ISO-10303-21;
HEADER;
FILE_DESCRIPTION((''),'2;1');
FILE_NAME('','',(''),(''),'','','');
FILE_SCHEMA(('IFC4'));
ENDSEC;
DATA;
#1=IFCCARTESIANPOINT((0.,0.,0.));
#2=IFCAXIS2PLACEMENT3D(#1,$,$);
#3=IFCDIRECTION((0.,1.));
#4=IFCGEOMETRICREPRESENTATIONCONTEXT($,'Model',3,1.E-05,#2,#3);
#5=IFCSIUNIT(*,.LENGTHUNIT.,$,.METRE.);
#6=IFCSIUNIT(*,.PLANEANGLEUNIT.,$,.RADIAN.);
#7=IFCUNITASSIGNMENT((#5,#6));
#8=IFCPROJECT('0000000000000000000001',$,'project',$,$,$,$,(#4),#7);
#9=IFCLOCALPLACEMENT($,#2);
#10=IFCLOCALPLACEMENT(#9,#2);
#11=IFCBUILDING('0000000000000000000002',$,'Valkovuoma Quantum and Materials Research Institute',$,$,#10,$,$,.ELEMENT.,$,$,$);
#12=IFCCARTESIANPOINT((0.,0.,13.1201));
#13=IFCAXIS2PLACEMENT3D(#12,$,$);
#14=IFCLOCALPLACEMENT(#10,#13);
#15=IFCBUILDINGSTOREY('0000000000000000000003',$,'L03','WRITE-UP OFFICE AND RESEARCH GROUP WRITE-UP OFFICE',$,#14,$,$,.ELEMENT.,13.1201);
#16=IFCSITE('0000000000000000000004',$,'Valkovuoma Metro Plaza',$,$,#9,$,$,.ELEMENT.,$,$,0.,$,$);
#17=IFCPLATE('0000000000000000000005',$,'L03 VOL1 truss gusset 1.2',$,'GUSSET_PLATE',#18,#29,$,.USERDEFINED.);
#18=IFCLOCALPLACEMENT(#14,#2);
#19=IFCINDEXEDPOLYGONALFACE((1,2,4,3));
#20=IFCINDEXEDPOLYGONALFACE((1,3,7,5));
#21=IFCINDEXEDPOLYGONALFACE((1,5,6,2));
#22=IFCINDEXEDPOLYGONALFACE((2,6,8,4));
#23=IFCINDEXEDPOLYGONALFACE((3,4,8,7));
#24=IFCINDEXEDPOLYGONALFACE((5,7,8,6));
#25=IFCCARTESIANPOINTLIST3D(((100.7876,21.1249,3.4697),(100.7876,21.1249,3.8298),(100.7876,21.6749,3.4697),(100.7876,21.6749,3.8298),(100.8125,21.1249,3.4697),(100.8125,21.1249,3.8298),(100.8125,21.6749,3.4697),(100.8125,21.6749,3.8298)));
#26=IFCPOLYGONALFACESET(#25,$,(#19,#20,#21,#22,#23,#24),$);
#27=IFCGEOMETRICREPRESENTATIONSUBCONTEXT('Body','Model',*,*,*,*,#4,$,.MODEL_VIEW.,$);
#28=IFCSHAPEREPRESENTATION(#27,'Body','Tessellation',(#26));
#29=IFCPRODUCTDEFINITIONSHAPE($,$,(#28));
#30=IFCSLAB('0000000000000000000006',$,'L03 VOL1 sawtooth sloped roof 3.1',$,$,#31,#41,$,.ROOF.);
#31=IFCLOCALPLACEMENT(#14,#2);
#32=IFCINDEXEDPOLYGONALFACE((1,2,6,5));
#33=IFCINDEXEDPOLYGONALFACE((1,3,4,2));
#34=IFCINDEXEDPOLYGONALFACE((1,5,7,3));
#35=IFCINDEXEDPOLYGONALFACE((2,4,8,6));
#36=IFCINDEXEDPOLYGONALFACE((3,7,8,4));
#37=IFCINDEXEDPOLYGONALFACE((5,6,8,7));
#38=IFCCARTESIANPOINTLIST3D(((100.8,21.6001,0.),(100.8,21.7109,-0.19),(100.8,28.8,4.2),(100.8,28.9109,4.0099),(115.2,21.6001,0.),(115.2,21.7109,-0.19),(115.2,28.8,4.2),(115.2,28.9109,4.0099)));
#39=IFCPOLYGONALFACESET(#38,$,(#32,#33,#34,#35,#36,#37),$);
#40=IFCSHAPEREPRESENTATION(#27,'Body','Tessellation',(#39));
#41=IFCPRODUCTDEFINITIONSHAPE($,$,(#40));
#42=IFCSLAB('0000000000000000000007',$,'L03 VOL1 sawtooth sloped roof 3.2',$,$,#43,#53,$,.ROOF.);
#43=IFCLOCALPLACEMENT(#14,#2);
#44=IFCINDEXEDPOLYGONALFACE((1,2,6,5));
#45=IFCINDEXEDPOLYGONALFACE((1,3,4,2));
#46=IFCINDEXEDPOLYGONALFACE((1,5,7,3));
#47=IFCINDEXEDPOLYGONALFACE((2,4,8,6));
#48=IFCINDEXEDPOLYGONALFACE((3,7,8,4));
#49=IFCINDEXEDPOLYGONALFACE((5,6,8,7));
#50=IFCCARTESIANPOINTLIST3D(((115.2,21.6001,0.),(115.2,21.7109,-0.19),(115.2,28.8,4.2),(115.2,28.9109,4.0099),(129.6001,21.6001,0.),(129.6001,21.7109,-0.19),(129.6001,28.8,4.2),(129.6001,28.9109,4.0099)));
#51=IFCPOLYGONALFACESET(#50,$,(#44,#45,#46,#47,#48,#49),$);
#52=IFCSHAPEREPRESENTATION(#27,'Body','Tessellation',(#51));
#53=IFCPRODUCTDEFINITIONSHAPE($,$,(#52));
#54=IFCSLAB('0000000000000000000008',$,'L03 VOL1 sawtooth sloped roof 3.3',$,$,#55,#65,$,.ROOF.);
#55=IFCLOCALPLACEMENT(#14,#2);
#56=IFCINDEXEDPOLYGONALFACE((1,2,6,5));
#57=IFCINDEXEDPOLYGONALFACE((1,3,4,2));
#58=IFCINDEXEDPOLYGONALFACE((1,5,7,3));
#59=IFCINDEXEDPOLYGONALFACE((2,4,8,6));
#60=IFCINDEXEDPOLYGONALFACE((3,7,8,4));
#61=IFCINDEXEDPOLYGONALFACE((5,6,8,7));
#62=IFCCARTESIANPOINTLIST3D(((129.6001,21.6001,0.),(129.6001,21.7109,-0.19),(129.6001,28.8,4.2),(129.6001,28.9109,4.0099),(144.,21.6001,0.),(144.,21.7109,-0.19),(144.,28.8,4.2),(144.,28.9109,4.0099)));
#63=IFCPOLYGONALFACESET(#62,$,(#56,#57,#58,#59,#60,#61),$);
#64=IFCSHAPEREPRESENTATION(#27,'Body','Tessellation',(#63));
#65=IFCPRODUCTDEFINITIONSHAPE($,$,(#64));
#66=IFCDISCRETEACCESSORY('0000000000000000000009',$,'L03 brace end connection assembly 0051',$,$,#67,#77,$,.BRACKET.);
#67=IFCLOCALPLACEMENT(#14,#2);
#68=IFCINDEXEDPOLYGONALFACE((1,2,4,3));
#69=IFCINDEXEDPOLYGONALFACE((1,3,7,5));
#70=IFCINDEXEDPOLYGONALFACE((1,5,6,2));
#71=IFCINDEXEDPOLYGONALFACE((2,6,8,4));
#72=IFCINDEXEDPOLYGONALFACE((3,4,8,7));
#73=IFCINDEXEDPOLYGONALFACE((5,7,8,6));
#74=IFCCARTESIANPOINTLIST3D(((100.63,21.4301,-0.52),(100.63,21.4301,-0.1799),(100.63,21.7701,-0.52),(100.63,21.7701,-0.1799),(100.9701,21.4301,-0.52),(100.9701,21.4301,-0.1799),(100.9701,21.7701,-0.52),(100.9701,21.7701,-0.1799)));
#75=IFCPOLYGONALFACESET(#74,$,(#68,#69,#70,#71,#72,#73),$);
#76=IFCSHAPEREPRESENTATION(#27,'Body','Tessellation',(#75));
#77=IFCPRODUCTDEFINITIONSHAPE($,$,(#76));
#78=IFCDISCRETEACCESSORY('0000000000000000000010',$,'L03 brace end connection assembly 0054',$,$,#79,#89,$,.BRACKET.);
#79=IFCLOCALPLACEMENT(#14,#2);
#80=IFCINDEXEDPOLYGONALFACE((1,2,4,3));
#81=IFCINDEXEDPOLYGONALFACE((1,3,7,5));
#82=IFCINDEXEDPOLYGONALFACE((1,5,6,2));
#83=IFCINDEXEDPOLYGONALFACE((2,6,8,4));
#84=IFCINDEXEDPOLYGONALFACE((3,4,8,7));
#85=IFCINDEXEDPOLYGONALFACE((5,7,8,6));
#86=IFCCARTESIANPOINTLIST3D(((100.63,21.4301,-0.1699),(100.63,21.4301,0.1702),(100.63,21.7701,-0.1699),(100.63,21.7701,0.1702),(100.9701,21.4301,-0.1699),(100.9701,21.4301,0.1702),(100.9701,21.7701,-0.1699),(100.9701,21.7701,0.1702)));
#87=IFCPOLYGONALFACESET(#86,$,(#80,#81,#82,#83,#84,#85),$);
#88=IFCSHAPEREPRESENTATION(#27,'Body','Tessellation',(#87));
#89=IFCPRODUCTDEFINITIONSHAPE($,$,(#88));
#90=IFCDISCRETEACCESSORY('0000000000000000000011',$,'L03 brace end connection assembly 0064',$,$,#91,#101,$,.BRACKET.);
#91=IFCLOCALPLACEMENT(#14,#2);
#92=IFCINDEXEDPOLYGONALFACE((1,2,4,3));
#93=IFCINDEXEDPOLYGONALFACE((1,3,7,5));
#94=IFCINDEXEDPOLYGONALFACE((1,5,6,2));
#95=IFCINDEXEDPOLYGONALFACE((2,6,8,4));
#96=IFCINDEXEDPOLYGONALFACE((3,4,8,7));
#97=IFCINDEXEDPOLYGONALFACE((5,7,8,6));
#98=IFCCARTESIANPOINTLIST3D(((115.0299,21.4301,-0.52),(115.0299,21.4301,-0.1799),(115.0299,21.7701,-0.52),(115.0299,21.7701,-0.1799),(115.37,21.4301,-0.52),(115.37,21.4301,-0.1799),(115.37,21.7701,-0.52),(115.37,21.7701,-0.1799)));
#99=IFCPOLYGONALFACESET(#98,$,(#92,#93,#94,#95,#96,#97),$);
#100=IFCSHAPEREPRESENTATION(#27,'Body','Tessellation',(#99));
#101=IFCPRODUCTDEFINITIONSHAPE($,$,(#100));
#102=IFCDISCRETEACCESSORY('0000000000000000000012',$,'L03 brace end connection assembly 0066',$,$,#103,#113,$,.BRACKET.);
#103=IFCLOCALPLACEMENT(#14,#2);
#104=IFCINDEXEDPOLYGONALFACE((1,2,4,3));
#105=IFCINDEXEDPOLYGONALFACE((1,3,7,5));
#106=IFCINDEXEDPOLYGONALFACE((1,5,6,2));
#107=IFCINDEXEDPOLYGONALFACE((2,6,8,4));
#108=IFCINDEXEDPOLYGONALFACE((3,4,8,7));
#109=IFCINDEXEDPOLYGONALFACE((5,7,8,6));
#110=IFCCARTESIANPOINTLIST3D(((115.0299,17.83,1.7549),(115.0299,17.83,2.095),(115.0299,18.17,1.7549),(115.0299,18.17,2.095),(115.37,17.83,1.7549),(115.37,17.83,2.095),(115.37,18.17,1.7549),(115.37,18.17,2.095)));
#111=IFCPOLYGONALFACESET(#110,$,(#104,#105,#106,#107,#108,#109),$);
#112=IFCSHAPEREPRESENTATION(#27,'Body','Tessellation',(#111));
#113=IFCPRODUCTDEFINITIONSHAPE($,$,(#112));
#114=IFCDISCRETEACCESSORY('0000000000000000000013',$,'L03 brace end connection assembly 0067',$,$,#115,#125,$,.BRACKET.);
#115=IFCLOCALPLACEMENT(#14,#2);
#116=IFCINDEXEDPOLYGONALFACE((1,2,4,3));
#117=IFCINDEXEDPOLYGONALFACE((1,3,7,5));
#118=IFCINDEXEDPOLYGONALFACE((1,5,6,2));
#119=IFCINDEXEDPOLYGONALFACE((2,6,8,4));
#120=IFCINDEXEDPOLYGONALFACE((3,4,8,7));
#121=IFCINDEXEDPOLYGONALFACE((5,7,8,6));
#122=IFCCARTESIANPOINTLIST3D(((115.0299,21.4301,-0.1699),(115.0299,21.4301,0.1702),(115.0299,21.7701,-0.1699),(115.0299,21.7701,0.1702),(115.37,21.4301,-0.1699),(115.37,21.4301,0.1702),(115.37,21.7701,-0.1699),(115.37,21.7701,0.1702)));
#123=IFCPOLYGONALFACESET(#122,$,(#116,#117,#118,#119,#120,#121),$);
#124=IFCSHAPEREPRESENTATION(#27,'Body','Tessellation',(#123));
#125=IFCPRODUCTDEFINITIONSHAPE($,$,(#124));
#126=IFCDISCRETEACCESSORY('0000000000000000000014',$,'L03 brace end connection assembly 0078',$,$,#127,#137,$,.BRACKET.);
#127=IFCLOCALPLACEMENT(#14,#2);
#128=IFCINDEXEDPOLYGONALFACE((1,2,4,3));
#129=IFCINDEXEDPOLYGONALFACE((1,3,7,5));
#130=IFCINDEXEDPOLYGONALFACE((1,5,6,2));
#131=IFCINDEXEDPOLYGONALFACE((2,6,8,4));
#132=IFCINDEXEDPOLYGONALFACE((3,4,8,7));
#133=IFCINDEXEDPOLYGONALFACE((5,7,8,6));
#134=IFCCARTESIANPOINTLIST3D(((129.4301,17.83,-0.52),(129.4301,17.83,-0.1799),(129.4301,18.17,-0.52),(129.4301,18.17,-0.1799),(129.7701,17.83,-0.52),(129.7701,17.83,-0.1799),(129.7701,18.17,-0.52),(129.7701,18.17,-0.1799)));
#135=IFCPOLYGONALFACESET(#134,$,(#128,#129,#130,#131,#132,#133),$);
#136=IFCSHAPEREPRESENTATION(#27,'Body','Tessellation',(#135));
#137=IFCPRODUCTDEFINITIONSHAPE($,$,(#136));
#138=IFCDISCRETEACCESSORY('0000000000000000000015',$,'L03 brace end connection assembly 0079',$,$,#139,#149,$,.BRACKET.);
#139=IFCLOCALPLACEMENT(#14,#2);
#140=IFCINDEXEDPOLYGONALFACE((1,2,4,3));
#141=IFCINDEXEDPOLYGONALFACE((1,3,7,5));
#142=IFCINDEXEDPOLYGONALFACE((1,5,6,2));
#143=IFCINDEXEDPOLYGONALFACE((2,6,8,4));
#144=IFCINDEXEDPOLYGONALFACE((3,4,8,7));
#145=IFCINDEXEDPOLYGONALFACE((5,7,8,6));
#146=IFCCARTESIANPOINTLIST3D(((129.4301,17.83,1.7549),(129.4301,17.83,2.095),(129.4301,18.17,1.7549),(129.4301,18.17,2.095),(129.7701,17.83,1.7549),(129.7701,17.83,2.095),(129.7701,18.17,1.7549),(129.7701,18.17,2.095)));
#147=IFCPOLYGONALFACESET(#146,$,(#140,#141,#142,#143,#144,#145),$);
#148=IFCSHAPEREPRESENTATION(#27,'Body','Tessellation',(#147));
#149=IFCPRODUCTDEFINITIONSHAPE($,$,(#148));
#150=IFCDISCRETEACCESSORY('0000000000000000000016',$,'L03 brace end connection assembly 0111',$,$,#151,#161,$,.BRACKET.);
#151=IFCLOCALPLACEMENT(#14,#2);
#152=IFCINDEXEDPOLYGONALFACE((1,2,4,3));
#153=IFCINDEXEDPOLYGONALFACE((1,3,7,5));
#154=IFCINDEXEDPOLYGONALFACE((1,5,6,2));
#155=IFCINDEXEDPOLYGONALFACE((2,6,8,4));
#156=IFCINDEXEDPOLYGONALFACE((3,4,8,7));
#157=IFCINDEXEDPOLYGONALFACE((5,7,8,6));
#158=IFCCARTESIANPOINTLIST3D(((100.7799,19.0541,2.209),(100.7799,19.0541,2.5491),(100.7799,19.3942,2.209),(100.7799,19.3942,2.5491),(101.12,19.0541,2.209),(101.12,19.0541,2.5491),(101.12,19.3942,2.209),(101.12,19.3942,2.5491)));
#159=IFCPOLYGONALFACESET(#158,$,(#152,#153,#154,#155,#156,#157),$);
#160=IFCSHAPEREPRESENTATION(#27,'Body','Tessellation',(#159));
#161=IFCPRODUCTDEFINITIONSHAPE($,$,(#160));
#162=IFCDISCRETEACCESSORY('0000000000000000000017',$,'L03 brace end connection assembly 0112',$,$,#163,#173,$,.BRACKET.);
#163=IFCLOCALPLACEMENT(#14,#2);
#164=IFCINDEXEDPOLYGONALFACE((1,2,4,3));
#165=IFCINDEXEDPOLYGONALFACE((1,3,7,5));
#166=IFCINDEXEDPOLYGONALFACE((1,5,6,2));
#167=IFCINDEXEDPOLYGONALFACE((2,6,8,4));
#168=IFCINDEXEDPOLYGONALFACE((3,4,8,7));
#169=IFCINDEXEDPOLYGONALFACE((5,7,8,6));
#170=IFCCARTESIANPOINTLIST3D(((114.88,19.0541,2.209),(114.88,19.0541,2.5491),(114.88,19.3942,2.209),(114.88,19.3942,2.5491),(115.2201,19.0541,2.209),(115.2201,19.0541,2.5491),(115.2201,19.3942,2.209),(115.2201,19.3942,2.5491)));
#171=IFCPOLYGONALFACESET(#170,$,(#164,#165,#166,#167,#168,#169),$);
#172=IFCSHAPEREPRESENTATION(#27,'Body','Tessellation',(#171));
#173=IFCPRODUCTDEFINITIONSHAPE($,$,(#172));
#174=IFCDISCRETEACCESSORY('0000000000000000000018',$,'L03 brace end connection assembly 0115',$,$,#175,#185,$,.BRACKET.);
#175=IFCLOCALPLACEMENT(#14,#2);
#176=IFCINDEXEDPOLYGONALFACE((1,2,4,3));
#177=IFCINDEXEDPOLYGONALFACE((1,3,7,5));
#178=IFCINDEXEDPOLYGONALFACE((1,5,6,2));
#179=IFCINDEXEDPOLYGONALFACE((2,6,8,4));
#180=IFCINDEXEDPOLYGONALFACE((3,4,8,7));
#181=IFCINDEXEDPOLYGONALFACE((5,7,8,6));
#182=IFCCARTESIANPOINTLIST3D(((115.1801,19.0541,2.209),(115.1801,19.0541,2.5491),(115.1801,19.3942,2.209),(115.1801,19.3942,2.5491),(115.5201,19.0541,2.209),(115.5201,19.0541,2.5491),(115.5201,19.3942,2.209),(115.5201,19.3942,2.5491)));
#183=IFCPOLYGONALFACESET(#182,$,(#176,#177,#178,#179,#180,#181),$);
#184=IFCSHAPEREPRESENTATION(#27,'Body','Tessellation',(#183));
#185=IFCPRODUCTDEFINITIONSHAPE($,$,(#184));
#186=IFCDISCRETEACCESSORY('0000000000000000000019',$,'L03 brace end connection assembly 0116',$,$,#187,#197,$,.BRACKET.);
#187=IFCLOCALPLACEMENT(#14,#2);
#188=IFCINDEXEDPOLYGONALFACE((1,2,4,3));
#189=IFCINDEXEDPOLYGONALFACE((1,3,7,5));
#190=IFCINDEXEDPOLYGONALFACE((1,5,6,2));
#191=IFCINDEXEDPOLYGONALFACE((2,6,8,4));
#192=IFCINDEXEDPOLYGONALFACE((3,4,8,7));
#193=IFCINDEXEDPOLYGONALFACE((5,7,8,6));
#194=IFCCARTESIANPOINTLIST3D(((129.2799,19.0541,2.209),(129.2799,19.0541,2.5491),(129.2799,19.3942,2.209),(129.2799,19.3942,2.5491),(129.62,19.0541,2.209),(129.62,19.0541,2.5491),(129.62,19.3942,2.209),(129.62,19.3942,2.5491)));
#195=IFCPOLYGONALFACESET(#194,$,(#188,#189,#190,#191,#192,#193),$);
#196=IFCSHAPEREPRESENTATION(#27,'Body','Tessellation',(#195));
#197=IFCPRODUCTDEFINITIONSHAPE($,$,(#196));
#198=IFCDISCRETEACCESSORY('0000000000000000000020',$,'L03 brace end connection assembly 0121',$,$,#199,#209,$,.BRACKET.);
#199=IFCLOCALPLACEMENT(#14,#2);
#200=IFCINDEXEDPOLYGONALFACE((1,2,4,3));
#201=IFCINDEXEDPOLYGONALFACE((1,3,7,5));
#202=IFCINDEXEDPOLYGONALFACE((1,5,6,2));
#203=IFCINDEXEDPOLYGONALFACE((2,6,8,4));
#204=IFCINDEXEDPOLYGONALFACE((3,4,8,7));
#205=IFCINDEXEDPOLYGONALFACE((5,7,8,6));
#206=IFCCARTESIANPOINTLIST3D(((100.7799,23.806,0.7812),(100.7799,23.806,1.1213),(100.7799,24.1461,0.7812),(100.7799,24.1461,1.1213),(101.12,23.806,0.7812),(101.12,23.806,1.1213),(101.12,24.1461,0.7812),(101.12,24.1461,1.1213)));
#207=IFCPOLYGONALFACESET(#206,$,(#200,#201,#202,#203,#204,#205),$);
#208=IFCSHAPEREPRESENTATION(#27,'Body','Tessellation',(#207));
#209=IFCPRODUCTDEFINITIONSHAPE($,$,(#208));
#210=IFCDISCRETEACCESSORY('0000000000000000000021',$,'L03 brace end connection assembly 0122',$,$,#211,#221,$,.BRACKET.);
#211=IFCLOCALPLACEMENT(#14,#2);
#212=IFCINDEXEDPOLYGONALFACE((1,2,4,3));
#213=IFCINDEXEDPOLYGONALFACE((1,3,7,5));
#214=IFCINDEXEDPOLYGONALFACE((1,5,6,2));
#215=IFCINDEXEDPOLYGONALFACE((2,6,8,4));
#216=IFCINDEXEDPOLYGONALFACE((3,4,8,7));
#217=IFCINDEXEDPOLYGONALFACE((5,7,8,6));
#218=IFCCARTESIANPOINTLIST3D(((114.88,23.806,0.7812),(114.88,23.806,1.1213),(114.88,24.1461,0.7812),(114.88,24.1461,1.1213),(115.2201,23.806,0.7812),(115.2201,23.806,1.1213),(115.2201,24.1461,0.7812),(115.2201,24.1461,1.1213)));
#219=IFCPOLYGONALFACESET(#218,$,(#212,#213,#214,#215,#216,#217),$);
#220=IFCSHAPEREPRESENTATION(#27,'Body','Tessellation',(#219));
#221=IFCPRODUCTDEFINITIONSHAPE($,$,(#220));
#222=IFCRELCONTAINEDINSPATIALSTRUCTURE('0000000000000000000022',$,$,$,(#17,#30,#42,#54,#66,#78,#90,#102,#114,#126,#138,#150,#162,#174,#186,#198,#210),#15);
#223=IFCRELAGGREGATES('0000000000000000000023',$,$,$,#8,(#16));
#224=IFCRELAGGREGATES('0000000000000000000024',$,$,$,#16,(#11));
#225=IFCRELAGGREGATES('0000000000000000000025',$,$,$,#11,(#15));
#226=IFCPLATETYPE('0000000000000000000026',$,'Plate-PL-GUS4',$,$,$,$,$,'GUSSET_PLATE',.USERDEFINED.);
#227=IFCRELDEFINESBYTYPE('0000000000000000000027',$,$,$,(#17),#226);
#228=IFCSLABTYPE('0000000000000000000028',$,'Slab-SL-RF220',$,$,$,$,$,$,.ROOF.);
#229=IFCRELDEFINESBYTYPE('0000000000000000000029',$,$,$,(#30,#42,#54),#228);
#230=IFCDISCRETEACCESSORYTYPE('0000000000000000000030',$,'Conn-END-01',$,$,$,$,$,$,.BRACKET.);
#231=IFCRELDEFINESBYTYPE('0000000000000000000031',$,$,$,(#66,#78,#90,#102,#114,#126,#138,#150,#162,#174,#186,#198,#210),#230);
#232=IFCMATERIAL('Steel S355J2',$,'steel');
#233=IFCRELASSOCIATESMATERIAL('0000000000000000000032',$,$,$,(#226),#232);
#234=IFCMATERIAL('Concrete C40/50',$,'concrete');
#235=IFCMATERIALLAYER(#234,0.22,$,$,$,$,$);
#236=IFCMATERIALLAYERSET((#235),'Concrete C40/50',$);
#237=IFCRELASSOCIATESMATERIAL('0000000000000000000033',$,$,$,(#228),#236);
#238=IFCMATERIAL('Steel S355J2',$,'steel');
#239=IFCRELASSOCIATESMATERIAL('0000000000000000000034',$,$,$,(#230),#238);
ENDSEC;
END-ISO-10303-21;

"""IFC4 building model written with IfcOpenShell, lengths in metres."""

from ifc_helpers import new_model, si_unit, direction, frame, origin, origin_2d, place, context, subcontext, project, spatial, polyline, rectangle, outline, extrude, material, layer, layer_set, type_object, element, save


model = new_model("IFC4")

# Units and contexts
model_context = context("Model", 3, precision=1e-05, world=origin(), true_north=direction((0.0, 1.0)))
body_context = subcontext(model_context, "Body", "Model", "MODEL_VIEW")
ifc_project = project(units=[si_unit("LENGTHUNIT", "METRE"), si_unit("PLANEANGLEUNIT", "RADIAN")], contexts=[model_context])

# Site, building, storey
site_placement = place(None, origin())
site = spatial("IfcSite", under=ifc_project, at=site_placement, Name="Valkovuoma Metro Plaza", CompositionType="ELEMENT", RefElevation=0.0)
building_placement = place(site_placement, origin())
building = spatial("IfcBuilding", under=site, at=building_placement, Name="Valkovuoma Quantum and Materials Research Institute", CompositionType="ELEMENT")
storey_placement = place(building_placement, frame((0.0, 0.0, 13.1201)))
storey = spatial("IfcBuildingStorey", under=building, at=storey_placement, Name="L03", Description="WRITE-UP OFFICE AND RESEARCH GROUP WRITE-UP OFFICE", CompositionType="ELEMENT", Elevation=13.1201)

# Plate
ifc_material_1 = material(Name="Steel S355J2", Category="steel")
plate_type_1 = type_object("IfcPlateType", Name="Plate-PL-GUS4", ElementType="GUSSET_PLATE", PredefinedType="USERDEFINED", material=ifc_material_1)
plate_1_placement = place(storey_placement, frame((100.8, 21.3999, 3.4697), z_axis=(0.0, 0.0, 1.0), x_axis=(0.0, 1.0, 0.0)))
element("IfcPlate", 1, at=plate_1_placement, inside=storey, type_object=plate_type_1, Name="L03 VOL1 truss gusset 1.2", ObjectType="GUSSET_PLATE", PredefinedType="USERDEFINED", context=body_context, shape_type="SweptSolid", body=[
    extrude(rectangle(XDim=0.55, YDim=0.0249, at=origin_2d()), origin(), (0.0, 0.0, 1.0), 0.3601),
])

# Slabs
ifc_material_2 = material(Name="Concrete C40/50", Category="concrete")
ifc_layer = layer(ifc_material_2, 0.22)
ifc_layer_set = layer_set([ifc_layer], Name="Concrete C40/50")
slab_type = type_object("IfcSlabType", Name="Slab-SL-RF220", PredefinedType="ROOF", material=ifc_layer_set)
slab_1_placement = place(storey_placement, frame((100.8, 21.6001, 0.0), z_axis=(0.0, -0.503869, 0.86378), x_axis=(1.0, 0.0, 0.0)))
element("IfcSlab", 2, at=slab_1_placement, inside=storey, type_object=slab_type, Name="L03 VOL1 sawtooth sloped roof 3.1", PredefinedType="ROOF", context=body_context, shape_type="SweptSolid", body=[
    extrude(outline(polyline([(0.0, 0.0), (14.3999, 0.0), (14.3999, 8.3354), (0.0, 8.3354), (0.0, 0.0)])), origin(), (0.0, 0.0, -1.0), 0.22),
])
slab_2_placement = place(storey_placement, frame((115.2, 21.6001, 0.0), z_axis=(0.0, -0.503869, 0.86378), x_axis=(1.0, 0.0, 0.0)))
element("IfcSlab", 3, at=slab_2_placement, inside=storey, type_object=slab_type, Name="L03 VOL1 sawtooth sloped roof 3.2", PredefinedType="ROOF", context=body_context, shape_type="SweptSolid", body=[
    extrude(outline(polyline([(0.0, 0.0), (14.4001, 0.0), (14.4001, 8.3354), (0.0, 8.3354), (0.0, 0.0)])), origin(), (0.0, 0.0, -1.0), 0.22),
])
slab_3_placement = place(storey_placement, frame((129.6001, 21.6001, 0.0), z_axis=(0.0, -0.503869, 0.86378), x_axis=(1.0, 0.0, 0.0)))
element("IfcSlab", 4, at=slab_3_placement, inside=storey, type_object=slab_type, Name="L03 VOL1 sawtooth sloped roof 3.3", PredefinedType="ROOF", context=body_context, shape_type="SweptSolid", body=[
    extrude(outline(polyline([(0.0, 0.0), (14.3999, 0.0), (14.3999, 8.3354), (0.0, 8.3354), (0.0, 0.0)])), origin(), (0.0, 0.0, -1.0), 0.22),
])

# Discrete accessories
ifc_material_3 = material(Name="Steel S355J2", Category="steel")
discrete_accessory_type = type_object("IfcDiscreteAccessoryType", Name="Conn-END-01", PredefinedType="BRACKET", material=ifc_material_3)
for number, where, z_axis, x_axis, name in (
    (5, (100.8, 21.6001, -0.52), (0.0, 0.0, 1.0), (1.0, 0.0, 0.0), "L03 brace end connection assembly 0051"),
    (6, (100.8, 21.6001, -0.1699), (0.0, 0.0, 1.0), (1.0, 0.0, 0.0), "L03 brace end connection assembly 0054"),
    (7, (115.2, 21.6001, -0.52), (0.0, 0.0, 1.0), (1.0, 0.0, 0.0), "L03 brace end connection assembly 0064"),
    (8, (115.2, 18.0, 1.7549), (0.0, 0.0, 1.0), (1.0, 0.0, 0.0), "L03 brace end connection assembly 0066"),
    (9, (115.2, 21.6001, -0.1699), (0.0, 0.0, 1.0), (1.0, 0.0, 0.0), "L03 brace end connection assembly 0067"),
    (10, (129.6001, 18.0, -0.52), (0.0, 0.0, 1.0), (1.0, 0.0, 0.0), "L03 brace end connection assembly 0078"),
    (11, (129.6001, 18.0, 1.7549), (0.0, 0.0, 1.0), (1.0, 0.0, 0.0), "L03 brace end connection assembly 0079"),
    (12, (100.95, 19.2241, 2.209), (0.0, 0.0, 1.0), (1.0, 0.0, 0.0), "L03 brace end connection assembly 0111"),
    (13, (115.05, 19.2241, 2.209), (0.0, 0.0, 1.0), (1.0, 0.0, 0.0), "L03 brace end connection assembly 0112"),
    (14, (115.3501, 19.2241, 2.209), (0.0, 0.0, 1.0), (1.0, 0.0, 0.0), "L03 brace end connection assembly 0115"),
    (15, (129.45, 19.2241, 2.209), (0.0, 0.0, 1.0), (1.0, 0.0, 0.0), "L03 brace end connection assembly 0116"),
    (16, (100.95, 23.9761, 0.7812), (0.0, 0.0, 1.0), (1.0, 0.0, 0.0), "L03 brace end connection assembly 0121"),
    (17, (115.05, 23.9761, 0.7812), (0.0, 0.0, 1.0), (1.0, 0.0, 0.0), "L03 brace end connection assembly 0122"),
):
    element("IfcDiscreteAccessory", number, at=place(storey_placement, frame(where, z_axis=z_axis, x_axis=x_axis)), inside=storey, type_object=discrete_accessory_type, Name=name, PredefinedType="BRACKET", context=body_context, shape_type="SweptSolid", body=[
        extrude(rectangle(XDim=0.3401, YDim=0.3401, at=origin_2d()), origin(), (0.0, 0.0, 1.0), 0.3401),
    ])

save(model, "model.ifc")
